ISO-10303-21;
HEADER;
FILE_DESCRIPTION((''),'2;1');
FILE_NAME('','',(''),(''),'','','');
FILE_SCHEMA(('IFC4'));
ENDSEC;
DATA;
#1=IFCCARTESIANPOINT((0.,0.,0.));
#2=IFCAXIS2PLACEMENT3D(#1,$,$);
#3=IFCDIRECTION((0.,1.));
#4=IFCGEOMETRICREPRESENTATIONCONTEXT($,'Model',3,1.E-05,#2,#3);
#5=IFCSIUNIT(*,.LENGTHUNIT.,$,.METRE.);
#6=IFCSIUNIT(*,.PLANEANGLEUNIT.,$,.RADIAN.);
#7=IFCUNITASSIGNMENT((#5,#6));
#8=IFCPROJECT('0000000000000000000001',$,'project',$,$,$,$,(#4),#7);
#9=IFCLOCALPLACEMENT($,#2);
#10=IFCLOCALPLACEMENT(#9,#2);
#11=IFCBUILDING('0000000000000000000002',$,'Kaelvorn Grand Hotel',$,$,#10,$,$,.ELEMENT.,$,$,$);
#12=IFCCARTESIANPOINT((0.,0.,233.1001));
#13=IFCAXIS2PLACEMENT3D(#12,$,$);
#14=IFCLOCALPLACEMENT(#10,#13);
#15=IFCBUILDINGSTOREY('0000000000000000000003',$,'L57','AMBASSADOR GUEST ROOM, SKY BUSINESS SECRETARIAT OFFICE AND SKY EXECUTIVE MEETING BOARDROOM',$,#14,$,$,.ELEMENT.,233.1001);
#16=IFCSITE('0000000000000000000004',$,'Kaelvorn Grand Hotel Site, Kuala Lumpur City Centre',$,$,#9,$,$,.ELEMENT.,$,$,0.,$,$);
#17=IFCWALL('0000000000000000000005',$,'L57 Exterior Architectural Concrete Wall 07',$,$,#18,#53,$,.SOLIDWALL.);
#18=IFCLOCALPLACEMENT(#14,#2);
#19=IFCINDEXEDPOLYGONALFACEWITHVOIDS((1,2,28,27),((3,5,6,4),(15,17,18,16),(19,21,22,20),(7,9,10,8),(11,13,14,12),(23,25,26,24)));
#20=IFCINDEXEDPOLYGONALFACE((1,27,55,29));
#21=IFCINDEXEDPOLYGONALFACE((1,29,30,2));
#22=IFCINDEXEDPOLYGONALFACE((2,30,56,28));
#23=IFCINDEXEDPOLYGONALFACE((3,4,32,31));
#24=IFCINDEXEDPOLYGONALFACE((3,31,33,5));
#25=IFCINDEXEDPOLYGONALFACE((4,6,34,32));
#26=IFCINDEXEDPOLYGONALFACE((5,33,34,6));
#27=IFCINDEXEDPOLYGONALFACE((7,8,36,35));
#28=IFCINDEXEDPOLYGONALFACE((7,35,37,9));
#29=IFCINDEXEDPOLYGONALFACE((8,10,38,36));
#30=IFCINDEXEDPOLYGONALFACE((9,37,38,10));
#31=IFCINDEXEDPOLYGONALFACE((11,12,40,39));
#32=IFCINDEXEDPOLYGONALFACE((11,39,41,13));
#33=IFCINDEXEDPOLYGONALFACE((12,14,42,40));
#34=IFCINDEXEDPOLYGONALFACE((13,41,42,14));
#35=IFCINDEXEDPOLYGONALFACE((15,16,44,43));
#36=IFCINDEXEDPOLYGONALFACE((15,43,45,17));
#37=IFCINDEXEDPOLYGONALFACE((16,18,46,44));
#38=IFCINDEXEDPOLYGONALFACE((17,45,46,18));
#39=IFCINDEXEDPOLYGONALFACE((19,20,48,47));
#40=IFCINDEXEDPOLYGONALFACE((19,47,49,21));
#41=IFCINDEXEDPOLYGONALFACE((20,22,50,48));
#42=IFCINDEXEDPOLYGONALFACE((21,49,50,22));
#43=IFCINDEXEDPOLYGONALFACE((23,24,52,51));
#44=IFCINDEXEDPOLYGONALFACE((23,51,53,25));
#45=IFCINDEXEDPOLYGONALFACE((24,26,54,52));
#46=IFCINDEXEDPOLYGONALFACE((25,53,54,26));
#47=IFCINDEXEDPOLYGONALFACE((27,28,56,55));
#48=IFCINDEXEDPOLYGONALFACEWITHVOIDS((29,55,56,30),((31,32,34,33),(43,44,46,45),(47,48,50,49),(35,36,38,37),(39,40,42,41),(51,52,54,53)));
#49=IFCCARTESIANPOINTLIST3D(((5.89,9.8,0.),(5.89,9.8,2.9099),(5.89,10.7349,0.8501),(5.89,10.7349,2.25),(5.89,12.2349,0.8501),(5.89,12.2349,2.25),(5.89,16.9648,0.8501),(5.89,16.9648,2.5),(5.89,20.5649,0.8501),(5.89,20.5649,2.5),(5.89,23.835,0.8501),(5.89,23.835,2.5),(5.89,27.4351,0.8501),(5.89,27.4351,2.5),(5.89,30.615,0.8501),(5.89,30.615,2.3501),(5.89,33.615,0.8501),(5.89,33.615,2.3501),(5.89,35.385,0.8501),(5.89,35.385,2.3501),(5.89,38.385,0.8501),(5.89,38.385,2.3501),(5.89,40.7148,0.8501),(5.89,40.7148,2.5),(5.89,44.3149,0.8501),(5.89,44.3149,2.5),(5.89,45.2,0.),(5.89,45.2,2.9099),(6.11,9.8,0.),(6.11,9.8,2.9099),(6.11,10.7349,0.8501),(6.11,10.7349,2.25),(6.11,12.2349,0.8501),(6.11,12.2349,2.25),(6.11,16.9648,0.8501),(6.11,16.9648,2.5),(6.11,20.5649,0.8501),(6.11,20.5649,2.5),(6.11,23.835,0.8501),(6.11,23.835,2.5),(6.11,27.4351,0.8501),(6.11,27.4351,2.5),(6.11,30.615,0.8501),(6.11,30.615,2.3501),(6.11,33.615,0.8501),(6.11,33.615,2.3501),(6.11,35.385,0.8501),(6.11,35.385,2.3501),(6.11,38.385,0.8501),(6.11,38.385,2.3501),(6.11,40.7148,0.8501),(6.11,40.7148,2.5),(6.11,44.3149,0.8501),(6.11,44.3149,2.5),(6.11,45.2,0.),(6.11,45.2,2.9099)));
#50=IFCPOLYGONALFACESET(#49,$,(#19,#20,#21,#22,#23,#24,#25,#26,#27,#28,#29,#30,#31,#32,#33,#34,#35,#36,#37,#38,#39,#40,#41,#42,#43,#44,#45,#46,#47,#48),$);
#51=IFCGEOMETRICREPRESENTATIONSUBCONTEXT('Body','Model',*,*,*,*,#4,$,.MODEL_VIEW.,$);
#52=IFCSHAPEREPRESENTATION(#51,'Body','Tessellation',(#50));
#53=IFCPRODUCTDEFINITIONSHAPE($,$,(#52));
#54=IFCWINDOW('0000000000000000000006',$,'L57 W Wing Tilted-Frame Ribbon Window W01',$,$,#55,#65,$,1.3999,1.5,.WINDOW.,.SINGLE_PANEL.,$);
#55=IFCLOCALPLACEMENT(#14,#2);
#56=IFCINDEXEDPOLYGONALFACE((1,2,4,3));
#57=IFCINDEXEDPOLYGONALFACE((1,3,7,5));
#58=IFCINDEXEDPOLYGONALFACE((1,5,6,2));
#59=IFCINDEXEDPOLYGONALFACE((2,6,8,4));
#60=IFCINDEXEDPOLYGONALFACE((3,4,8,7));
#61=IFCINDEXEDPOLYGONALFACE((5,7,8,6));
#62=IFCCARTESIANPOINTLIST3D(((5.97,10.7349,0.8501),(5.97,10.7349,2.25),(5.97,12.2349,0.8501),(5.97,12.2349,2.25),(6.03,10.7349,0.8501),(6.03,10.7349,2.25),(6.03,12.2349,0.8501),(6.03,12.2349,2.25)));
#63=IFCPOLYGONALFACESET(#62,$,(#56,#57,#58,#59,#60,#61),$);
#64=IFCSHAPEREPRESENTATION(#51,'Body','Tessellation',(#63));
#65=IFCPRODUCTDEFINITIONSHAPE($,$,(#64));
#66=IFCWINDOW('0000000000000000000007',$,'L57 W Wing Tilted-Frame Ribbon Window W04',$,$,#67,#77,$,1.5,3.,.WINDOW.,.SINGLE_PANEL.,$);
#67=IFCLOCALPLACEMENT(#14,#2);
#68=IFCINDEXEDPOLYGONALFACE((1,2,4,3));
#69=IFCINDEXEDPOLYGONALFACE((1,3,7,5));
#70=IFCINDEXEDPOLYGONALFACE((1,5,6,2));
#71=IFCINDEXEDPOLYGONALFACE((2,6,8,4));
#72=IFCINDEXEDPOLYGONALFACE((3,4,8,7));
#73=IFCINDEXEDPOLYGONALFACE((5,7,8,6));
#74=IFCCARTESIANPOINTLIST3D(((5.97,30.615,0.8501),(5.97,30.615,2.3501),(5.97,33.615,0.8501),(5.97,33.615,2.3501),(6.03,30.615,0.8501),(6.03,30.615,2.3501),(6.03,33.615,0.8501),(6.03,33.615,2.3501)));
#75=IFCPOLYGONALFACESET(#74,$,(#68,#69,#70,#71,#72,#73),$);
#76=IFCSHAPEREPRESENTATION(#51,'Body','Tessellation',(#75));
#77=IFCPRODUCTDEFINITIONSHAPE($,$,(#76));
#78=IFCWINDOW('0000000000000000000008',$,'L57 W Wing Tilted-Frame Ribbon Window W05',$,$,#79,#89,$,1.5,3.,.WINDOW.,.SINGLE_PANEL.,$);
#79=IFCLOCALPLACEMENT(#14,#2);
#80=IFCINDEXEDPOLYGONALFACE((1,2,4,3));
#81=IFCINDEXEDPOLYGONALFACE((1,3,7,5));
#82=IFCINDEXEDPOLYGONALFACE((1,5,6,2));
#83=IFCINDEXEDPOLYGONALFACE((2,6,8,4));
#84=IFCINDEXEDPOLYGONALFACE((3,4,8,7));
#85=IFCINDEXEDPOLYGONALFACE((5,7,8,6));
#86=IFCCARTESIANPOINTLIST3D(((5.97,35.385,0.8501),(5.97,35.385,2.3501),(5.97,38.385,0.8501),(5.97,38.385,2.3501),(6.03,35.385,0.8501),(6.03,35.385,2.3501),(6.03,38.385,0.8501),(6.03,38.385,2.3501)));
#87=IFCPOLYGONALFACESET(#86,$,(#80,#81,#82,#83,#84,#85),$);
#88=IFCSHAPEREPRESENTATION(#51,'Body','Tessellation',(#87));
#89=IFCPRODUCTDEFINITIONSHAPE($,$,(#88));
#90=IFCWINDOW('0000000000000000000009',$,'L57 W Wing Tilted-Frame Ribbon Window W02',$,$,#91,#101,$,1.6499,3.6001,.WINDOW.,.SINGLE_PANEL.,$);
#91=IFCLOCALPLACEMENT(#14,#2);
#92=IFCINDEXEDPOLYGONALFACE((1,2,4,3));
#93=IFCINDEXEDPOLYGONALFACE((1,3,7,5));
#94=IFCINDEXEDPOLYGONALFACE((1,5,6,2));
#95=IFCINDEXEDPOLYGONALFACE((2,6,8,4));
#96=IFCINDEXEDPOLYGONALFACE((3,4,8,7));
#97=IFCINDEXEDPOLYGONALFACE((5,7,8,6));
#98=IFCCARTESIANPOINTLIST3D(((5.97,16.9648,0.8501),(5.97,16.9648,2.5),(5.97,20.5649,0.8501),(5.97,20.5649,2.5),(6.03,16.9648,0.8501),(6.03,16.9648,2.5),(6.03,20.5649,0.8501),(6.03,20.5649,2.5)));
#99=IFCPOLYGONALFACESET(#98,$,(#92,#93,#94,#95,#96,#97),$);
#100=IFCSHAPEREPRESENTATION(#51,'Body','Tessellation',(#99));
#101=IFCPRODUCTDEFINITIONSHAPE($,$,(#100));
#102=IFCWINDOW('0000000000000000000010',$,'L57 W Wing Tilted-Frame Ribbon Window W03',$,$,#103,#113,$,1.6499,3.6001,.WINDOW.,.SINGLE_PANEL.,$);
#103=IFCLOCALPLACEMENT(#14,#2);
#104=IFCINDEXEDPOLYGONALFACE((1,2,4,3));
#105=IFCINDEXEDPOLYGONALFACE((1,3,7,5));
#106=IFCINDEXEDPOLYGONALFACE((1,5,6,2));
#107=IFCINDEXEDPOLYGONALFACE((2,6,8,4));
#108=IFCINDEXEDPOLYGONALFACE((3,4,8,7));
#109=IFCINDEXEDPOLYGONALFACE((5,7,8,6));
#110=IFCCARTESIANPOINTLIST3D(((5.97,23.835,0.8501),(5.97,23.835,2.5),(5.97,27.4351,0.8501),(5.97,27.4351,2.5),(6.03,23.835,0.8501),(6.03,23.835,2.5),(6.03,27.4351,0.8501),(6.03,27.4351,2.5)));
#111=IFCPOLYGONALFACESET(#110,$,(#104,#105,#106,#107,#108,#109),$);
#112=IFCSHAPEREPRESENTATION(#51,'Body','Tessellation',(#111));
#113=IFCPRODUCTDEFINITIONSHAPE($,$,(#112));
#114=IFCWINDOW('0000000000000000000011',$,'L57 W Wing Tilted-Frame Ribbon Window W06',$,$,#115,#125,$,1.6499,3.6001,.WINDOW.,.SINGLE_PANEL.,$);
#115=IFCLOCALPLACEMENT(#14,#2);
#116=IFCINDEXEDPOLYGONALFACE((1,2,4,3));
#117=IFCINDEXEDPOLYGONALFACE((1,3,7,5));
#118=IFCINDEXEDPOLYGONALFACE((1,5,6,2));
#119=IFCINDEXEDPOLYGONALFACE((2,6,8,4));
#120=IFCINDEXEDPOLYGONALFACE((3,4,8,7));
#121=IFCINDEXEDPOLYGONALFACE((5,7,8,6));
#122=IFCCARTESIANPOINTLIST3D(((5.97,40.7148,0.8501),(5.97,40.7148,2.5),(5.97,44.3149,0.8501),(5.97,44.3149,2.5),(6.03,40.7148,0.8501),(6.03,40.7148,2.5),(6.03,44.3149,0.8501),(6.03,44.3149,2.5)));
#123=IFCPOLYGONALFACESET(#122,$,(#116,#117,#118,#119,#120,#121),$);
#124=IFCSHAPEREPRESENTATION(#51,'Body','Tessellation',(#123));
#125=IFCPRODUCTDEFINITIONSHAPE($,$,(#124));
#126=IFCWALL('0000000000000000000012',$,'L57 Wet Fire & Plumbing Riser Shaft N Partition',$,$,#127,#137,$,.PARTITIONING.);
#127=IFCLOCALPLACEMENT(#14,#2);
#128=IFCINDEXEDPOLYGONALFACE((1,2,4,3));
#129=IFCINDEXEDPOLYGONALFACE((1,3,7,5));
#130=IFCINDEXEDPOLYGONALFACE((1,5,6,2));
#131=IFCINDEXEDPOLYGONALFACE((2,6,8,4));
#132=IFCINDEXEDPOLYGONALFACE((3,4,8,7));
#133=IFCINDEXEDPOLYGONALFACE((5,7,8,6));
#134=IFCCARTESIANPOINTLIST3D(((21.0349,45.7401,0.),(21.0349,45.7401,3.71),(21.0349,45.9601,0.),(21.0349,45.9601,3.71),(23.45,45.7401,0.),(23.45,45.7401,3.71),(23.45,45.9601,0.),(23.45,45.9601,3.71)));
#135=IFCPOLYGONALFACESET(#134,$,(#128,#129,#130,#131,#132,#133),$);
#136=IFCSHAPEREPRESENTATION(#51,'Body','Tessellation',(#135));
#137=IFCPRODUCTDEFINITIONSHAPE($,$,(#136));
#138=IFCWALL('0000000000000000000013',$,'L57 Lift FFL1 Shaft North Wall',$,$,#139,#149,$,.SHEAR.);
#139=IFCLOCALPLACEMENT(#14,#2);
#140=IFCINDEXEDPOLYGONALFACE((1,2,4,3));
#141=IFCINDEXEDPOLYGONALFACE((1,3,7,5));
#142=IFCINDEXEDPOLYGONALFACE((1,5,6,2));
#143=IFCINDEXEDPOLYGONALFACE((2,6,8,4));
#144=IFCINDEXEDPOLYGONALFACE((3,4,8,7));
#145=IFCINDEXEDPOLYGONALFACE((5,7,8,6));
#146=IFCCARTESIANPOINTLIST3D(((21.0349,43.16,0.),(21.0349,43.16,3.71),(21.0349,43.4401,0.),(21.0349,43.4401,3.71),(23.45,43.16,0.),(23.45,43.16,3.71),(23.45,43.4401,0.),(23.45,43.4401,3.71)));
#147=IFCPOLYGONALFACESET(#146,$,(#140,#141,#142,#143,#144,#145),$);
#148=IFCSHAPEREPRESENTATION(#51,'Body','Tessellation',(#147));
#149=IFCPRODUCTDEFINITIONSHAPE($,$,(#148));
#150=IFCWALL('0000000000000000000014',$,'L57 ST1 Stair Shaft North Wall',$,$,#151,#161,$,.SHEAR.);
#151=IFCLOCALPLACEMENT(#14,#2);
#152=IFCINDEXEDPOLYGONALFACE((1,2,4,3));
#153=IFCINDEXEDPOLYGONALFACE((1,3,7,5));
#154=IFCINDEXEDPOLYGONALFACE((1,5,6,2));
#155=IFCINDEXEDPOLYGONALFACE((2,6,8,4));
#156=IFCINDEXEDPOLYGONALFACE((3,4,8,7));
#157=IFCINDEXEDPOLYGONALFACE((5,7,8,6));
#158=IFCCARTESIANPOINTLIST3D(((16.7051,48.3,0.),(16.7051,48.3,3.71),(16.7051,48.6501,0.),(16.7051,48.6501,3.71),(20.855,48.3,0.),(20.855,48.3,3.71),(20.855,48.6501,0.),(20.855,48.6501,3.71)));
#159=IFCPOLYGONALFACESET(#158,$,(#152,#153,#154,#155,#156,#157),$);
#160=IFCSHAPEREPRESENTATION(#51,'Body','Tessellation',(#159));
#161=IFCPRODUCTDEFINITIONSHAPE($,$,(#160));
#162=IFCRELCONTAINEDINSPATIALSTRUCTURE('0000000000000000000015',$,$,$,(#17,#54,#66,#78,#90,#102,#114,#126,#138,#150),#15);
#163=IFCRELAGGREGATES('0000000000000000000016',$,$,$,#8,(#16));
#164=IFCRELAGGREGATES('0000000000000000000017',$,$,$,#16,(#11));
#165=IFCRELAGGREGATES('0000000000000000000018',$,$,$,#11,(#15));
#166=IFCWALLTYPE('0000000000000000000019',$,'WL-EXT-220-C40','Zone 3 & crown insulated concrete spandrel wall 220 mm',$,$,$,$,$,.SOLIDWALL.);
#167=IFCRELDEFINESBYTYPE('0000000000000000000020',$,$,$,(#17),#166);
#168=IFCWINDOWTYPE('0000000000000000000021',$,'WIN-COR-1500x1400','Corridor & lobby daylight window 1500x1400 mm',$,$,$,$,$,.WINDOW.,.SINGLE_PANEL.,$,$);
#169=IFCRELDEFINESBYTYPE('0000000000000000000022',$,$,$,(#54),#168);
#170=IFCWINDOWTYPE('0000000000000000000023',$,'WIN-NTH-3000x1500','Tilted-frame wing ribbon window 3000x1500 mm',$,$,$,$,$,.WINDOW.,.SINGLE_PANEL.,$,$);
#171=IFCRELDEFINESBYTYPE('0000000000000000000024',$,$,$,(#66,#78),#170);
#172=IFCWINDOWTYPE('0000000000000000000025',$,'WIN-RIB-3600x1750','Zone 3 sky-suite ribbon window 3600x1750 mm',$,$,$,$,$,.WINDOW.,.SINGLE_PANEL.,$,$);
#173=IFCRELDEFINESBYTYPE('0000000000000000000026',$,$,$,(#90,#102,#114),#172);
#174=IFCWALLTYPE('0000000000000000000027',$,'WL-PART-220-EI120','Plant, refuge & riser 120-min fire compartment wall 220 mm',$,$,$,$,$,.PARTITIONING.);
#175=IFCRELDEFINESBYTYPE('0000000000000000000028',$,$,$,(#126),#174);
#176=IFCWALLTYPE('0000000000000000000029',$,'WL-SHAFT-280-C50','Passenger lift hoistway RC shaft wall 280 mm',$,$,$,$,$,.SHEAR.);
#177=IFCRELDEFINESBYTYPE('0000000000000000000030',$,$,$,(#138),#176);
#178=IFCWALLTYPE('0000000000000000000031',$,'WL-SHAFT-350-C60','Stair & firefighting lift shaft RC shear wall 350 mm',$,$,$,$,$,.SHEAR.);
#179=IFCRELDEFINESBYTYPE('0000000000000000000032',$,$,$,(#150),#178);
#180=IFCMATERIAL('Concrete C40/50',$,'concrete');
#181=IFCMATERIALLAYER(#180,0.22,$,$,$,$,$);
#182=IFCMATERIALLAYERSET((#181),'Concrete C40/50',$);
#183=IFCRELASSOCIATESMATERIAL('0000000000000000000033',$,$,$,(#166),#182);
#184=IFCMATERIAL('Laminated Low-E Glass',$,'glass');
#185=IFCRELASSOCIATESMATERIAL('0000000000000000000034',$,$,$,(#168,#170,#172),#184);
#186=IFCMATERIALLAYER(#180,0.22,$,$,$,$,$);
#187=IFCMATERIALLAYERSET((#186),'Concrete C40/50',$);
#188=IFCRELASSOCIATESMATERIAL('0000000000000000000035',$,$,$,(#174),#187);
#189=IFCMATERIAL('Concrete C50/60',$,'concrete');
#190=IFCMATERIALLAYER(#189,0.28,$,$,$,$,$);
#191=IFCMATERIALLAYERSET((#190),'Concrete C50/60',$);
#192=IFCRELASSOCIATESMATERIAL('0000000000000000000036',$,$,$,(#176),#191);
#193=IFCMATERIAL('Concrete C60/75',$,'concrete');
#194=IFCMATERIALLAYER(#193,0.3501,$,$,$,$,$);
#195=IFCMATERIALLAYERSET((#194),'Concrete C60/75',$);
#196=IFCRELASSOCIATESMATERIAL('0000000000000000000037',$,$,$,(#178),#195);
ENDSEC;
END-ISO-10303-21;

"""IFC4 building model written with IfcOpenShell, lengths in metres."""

from ifc_helpers import new_model, si_unit, direction, frame, frame_2d, origin, place, context, subcontext, project, spatial, rectangle, extrude, material, layer, layer_set, type_object, element, fill, save


model = new_model("IFC4")

# Units and contexts
model_context = context("Model", 3, precision=1e-05, world=origin(), true_north=direction((0.0, 1.0)))
body_context = subcontext(model_context, "Body", "Model", "MODEL_VIEW")
ifc_project = project(units=[si_unit("LENGTHUNIT", "METRE"), si_unit("PLANEANGLEUNIT", "RADIAN")], contexts=[model_context])

# Site, building, storey
site_placement = place(None, origin())
site = spatial("IfcSite", under=ifc_project, at=site_placement, Name="Kaelvorn Grand Hotel Site, Kuala Lumpur City Centre", CompositionType="ELEMENT", RefElevation=0.0)
building_placement = place(site_placement, origin())
building = spatial("IfcBuilding", under=site, at=building_placement, Name="Kaelvorn Grand Hotel", CompositionType="ELEMENT")
storey_placement = place(building_placement, frame((0.0, 0.0, 233.1001)))
storey = spatial("IfcBuildingStorey", under=building, at=storey_placement, Name="L57", Description="AMBASSADOR GUEST ROOM, SKY BUSINESS SECRETARIAT OFFICE AND SKY EXECUTIVE MEETING BOARDROOM", CompositionType="ELEMENT", Elevation=233.1001)

# Shared definitions
ifc_material_1 = material(Name="Concrete C60/75", Category="concrete")
ifc_material_2 = material(Name="Concrete C50/60", Category="concrete")

# Shared definitions
ifc_material_3 = material(Name="Concrete C40/50", Category="concrete")
ifc_layer_1 = layer(ifc_material_3, 0.22)
ifc_layer_set_1 = layer_set([ifc_layer_1], Name="Concrete C40/50")
wall_type_1 = type_object("IfcWallType", Name="WL-EXT-220-C40", Description="Zone 3 & crown insulated concrete spandrel wall 220 mm", PredefinedType="SOLIDWALL", material=ifc_layer_set_1)
ifc_material_4 = material(Name="Laminated Low-E Glass", Category="glass")

# Wall, openings, windows
wall_1_placement = place(storey_placement, frame((6.0, 45.2, 0.0), z_axis=(0.0, 0.0, 1.0), x_axis=(0.0, -1.0, 0.0)))
wall_1 = element("IfcWall", 1, at=wall_1_placement, inside=storey, type_object=wall_type_1, Name="L57 Exterior Architectural Concrete Wall 07", PredefinedType="SOLIDWALL", context=body_context, shape_type="SweptSolid", body=[
    extrude(rectangle(XDim=35.3999, YDim=0.22, at=frame_2d((17.7, 0.0))), origin(), (0.0, 0.0, 1.0), 2.9099),
])
opening_1_placement = place(wall_1_placement, frame((32.9651, 0.0, 0.8501)))
opening_1 = element("IfcOpeningElement", 2, at=opening_1_placement, cuts=wall_1, PredefinedType="OPENING", context=body_context, shape_type="SweptSolid", body=[
    extrude(rectangle(XDim=1.5, YDim=1.3999, at=frame_2d((0.75, 0.7))), frame((0.0, 0.1201, 0.0), z_axis=(0.0, -1.0, 0.0), x_axis=(1.0, 0.0, 0.0)), (0.0, 0.0, 1.0), 0.24),
])
opening_2_placement = place(wall_1_placement, frame((24.635, 0.0, 0.8501)))
opening_2 = element("IfcOpeningElement", 3, at=opening_2_placement, cuts=wall_1, PredefinedType="OPENING", context=body_context, shape_type="SweptSolid", body=[
    extrude(rectangle(XDim=3.6001, YDim=1.6499, at=frame_2d((1.8, 0.825))), frame((0.0, 0.1201, 0.0), z_axis=(0.0, -1.0, 0.0), x_axis=(1.0, 0.0, 0.0)), (0.0, 0.0, 1.0), 0.24),
])
opening_3_placement = place(wall_1_placement, frame((17.7649, 0.0, 0.8501)))
opening_3 = element("IfcOpeningElement", 4, at=opening_3_placement, cuts=wall_1, PredefinedType="OPENING", context=body_context, shape_type="SweptSolid", body=[
    extrude(rectangle(XDim=3.6001, YDim=1.6499, at=frame_2d((1.8, 0.825))), frame((0.0, 0.1201, 0.0), z_axis=(0.0, -1.0, 0.0), x_axis=(1.0, 0.0, 0.0)), (0.0, 0.0, 1.0), 0.24),
])
opening_4_placement = place(wall_1_placement, frame((11.585, 0.0, 0.8501)))
opening_4 = element("IfcOpeningElement", 5, at=opening_4_placement, cuts=wall_1, PredefinedType="OPENING", context=body_context, shape_type="SweptSolid", body=[
    extrude(rectangle(XDim=3.0, YDim=1.5, at=frame_2d((1.5, 0.75))), frame((0.0, 0.1201, 0.0), z_axis=(0.0, -1.0, 0.0), x_axis=(1.0, 0.0, 0.0)), (0.0, 0.0, 1.0), 0.24),
])
opening_5_placement = place(wall_1_placement, frame((6.8149, 0.0, 0.8501)))
opening_5 = element("IfcOpeningElement", 6, at=opening_5_placement, cuts=wall_1, PredefinedType="OPENING", context=body_context, shape_type="SweptSolid", body=[
    extrude(rectangle(XDim=3.0, YDim=1.5, at=frame_2d((1.5, 0.75))), frame((0.0, 0.1201, 0.0), z_axis=(0.0, -1.0, 0.0), x_axis=(1.0, 0.0, 0.0)), (0.0, 0.0, 1.0), 0.24),
])
opening_6_placement = place(wall_1_placement, frame((0.885, 0.0, 0.8501)))
opening_6 = element("IfcOpeningElement", 7, at=opening_6_placement, cuts=wall_1, PredefinedType="OPENING", context=body_context, shape_type="SweptSolid", body=[
    extrude(rectangle(XDim=3.6001, YDim=1.6499, at=frame_2d((1.8, 0.825))), frame((0.0, 0.1201, 0.0), z_axis=(0.0, -1.0, 0.0), x_axis=(1.0, 0.0, 0.0)), (0.0, 0.0, 1.0), 0.24),
])
window_type_1 = type_object("IfcWindowType", Name="WIN-COR-1500x1400", Description="Corridor & lobby daylight window 1500x1400 mm", PartitioningType="SINGLE_PANEL", PredefinedType="WINDOW", material=ifc_material_4)
window_1_placement = place(opening_1_placement, origin())
window_1 = element("IfcWindow", 8, at=window_1_placement, inside=storey, type_object=window_type_1, Name="L57 W Wing Tilted-Frame Ribbon Window W01", OverallHeight=1.3999, OverallWidth=1.5, PartitioningType="SINGLE_PANEL", PredefinedType="WINDOW", context=body_context, shape_type="SweptSolid", body=[
    extrude(rectangle(XDim=1.5, YDim=1.3999, at=frame_2d((0.75, 0.7))), frame((0.0, 0.03, 0.0), z_axis=(0.0, -1.0, 0.0), x_axis=(1.0, 0.0, 0.0)), (0.0, 0.0, 1.0), 0.0601),
])
fill(opening_1, window_1)
window_type_2 = type_object("IfcWindowType", Name="WIN-NTH-3000x1500", Description="Tilted-frame wing ribbon window 3000x1500 mm", PartitioningType="SINGLE_PANEL", PredefinedType="WINDOW", material=ifc_material_4)
window_2_placement = place(opening_4_placement, origin())
window_2 = element("IfcWindow", 9, at=window_2_placement, inside=storey, type_object=window_type_2, Name="L57 W Wing Tilted-Frame Ribbon Window W04", OverallHeight=1.5, OverallWidth=3.0, PartitioningType="SINGLE_PANEL", PredefinedType="WINDOW", context=body_context, shape_type="SweptSolid", body=[
    extrude(rectangle(XDim=3.0, YDim=1.5, at=frame_2d((1.5, 0.75))), frame((0.0, 0.03, 0.0), z_axis=(0.0, -1.0, 0.0), x_axis=(1.0, 0.0, 0.0)), (0.0, 0.0, 1.0), 0.0601),
])
fill(opening_4, window_2)
window_3_placement = place(opening_5_placement, origin())
window_3 = element("IfcWindow", 10, at=window_3_placement, inside=storey, type_object=window_type_2, Name="L57 W Wing Tilted-Frame Ribbon Window W05", OverallHeight=1.5, OverallWidth=3.0, PartitioningType="SINGLE_PANEL", PredefinedType="WINDOW", context=body_context, shape_type="SweptSolid", body=[
    extrude(rectangle(XDim=3.0, YDim=1.5, at=frame_2d((1.5, 0.75))), frame((0.0, 0.03, 0.0), z_axis=(0.0, -1.0, 0.0), x_axis=(1.0, 0.0, 0.0)), (0.0, 0.0, 1.0), 0.0601),
])
fill(opening_5, window_3)
window_type_3 = type_object("IfcWindowType", Name="WIN-RIB-3600x1750", Description="Zone 3 sky-suite ribbon window 3600x1750 mm", PartitioningType="SINGLE_PANEL", PredefinedType="WINDOW", material=ifc_material_4)
window_4_placement = place(opening_2_placement, origin())
window_4 = element("IfcWindow", 11, at=window_4_placement, inside=storey, type_object=window_type_3, Name="L57 W Wing Tilted-Frame Ribbon Window W02", OverallHeight=1.6499, OverallWidth=3.6001, PartitioningType="SINGLE_PANEL", PredefinedType="WINDOW", context=body_context, shape_type="SweptSolid", body=[
    extrude(rectangle(XDim=3.6001, YDim=1.6499, at=frame_2d((1.8, 0.825))), frame((0.0, 0.03, 0.0), z_axis=(0.0, -1.0, 0.0), x_axis=(1.0, 0.0, 0.0)), (0.0, 0.0, 1.0), 0.0601),
])
fill(opening_2, window_4)
window_5_placement = place(opening_3_placement, origin())
window_5 = element("IfcWindow", 12, at=window_5_placement, inside=storey, type_object=window_type_3, Name="L57 W Wing Tilted-Frame Ribbon Window W03", OverallHeight=1.6499, OverallWidth=3.6001, PartitioningType="SINGLE_PANEL", PredefinedType="WINDOW", context=body_context, shape_type="SweptSolid", body=[
    extrude(rectangle(XDim=3.6001, YDim=1.6499, at=frame_2d((1.8, 0.825))), frame((0.0, 0.03, 0.0), z_axis=(0.0, -1.0, 0.0), x_axis=(1.0, 0.0, 0.0)), (0.0, 0.0, 1.0), 0.0601),
])
fill(opening_3, window_5)
window_6_placement = place(opening_6_placement, origin())
window_6 = element("IfcWindow", 13, at=window_6_placement, inside=storey, type_object=window_type_3, Name="L57 W Wing Tilted-Frame Ribbon Window W06", OverallHeight=1.6499, OverallWidth=3.6001, PartitioningType="SINGLE_PANEL", PredefinedType="WINDOW", context=body_context, shape_type="SweptSolid", body=[
    extrude(rectangle(XDim=3.6001, YDim=1.6499, at=frame_2d((1.8, 0.825))), frame((0.0, 0.03, 0.0), z_axis=(0.0, -1.0, 0.0), x_axis=(1.0, 0.0, 0.0)), (0.0, 0.0, 1.0), 0.0601),
])
fill(opening_6, window_6)

# Walls
ifc_layer_2 = layer(ifc_material_3, 0.22)
ifc_layer_set_2 = layer_set([ifc_layer_2], Name="Concrete C40/50")
wall_type_2 = type_object("IfcWallType", Name="WL-PART-220-EI120", Description="Plant, refuge & riser 120-min fire compartment wall 220 mm", PredefinedType="PARTITIONING", material=ifc_layer_set_2)
wall_2_placement = place(storey_placement, frame((21.0349, 45.8501, 0.0), z_axis=(0.0, 0.0, 1.0), x_axis=(1.0, 0.0, 0.0)))
element("IfcWall", 14, at=wall_2_placement, inside=storey, type_object=wall_type_2, Name="L57 Wet Fire & Plumbing Riser Shaft N Partition", PredefinedType="PARTITIONING", context=body_context, shape_type="SweptSolid", body=[
    extrude(rectangle(XDim=2.415, YDim=0.22, at=frame_2d((1.2075, 0.0))), origin(), (0.0, 0.0, 1.0), 3.71),
])
ifc_layer_3 = layer(ifc_material_2, 0.28)
ifc_layer_set_3 = layer_set([ifc_layer_3], Name="Concrete C50/60")
wall_type_3 = type_object("IfcWallType", Name="WL-SHAFT-280-C50", Description="Passenger lift hoistway RC shaft wall 280 mm", PredefinedType="SHEAR", material=ifc_layer_set_3)
wall_3_placement = place(storey_placement, frame((21.0349, 43.3, 0.0), z_axis=(0.0, 0.0, 1.0), x_axis=(1.0, 0.0, 0.0)))
element("IfcWall", 15, at=wall_3_placement, inside=storey, type_object=wall_type_3, Name="L57 Lift FFL1 Shaft North Wall", PredefinedType="SHEAR", context=body_context, shape_type="SweptSolid", body=[
    extrude(rectangle(XDim=2.415, YDim=0.28, at=frame_2d((1.2075, 0.0))), origin(), (0.0, 0.0, 1.0), 3.71),
])
ifc_layer_4 = layer(ifc_material_1, 0.3501)
ifc_layer_set_4 = layer_set([ifc_layer_4], Name="Concrete C60/75")
wall_type_4 = type_object("IfcWallType", Name="WL-SHAFT-350-C60", Description="Stair & firefighting lift shaft RC shear wall 350 mm", PredefinedType="SHEAR", material=ifc_layer_set_4)
wall_4_placement = place(storey_placement, frame((16.7051, 48.4751, 0.0), z_axis=(0.0, 0.0, 1.0), x_axis=(1.0, 0.0, 0.0)))
element("IfcWall", 16, at=wall_4_placement, inside=storey, type_object=wall_type_4, Name="L57 ST1 Stair Shaft North Wall", PredefinedType="SHEAR", context=body_context, shape_type="SweptSolid", body=[
    extrude(rectangle(XDim=4.1499, YDim=0.3501, at=frame_2d((2.075, 0.0))), origin(), (0.0, 0.0, 1.0), 3.71),
])

save(model, "model.ifc")
